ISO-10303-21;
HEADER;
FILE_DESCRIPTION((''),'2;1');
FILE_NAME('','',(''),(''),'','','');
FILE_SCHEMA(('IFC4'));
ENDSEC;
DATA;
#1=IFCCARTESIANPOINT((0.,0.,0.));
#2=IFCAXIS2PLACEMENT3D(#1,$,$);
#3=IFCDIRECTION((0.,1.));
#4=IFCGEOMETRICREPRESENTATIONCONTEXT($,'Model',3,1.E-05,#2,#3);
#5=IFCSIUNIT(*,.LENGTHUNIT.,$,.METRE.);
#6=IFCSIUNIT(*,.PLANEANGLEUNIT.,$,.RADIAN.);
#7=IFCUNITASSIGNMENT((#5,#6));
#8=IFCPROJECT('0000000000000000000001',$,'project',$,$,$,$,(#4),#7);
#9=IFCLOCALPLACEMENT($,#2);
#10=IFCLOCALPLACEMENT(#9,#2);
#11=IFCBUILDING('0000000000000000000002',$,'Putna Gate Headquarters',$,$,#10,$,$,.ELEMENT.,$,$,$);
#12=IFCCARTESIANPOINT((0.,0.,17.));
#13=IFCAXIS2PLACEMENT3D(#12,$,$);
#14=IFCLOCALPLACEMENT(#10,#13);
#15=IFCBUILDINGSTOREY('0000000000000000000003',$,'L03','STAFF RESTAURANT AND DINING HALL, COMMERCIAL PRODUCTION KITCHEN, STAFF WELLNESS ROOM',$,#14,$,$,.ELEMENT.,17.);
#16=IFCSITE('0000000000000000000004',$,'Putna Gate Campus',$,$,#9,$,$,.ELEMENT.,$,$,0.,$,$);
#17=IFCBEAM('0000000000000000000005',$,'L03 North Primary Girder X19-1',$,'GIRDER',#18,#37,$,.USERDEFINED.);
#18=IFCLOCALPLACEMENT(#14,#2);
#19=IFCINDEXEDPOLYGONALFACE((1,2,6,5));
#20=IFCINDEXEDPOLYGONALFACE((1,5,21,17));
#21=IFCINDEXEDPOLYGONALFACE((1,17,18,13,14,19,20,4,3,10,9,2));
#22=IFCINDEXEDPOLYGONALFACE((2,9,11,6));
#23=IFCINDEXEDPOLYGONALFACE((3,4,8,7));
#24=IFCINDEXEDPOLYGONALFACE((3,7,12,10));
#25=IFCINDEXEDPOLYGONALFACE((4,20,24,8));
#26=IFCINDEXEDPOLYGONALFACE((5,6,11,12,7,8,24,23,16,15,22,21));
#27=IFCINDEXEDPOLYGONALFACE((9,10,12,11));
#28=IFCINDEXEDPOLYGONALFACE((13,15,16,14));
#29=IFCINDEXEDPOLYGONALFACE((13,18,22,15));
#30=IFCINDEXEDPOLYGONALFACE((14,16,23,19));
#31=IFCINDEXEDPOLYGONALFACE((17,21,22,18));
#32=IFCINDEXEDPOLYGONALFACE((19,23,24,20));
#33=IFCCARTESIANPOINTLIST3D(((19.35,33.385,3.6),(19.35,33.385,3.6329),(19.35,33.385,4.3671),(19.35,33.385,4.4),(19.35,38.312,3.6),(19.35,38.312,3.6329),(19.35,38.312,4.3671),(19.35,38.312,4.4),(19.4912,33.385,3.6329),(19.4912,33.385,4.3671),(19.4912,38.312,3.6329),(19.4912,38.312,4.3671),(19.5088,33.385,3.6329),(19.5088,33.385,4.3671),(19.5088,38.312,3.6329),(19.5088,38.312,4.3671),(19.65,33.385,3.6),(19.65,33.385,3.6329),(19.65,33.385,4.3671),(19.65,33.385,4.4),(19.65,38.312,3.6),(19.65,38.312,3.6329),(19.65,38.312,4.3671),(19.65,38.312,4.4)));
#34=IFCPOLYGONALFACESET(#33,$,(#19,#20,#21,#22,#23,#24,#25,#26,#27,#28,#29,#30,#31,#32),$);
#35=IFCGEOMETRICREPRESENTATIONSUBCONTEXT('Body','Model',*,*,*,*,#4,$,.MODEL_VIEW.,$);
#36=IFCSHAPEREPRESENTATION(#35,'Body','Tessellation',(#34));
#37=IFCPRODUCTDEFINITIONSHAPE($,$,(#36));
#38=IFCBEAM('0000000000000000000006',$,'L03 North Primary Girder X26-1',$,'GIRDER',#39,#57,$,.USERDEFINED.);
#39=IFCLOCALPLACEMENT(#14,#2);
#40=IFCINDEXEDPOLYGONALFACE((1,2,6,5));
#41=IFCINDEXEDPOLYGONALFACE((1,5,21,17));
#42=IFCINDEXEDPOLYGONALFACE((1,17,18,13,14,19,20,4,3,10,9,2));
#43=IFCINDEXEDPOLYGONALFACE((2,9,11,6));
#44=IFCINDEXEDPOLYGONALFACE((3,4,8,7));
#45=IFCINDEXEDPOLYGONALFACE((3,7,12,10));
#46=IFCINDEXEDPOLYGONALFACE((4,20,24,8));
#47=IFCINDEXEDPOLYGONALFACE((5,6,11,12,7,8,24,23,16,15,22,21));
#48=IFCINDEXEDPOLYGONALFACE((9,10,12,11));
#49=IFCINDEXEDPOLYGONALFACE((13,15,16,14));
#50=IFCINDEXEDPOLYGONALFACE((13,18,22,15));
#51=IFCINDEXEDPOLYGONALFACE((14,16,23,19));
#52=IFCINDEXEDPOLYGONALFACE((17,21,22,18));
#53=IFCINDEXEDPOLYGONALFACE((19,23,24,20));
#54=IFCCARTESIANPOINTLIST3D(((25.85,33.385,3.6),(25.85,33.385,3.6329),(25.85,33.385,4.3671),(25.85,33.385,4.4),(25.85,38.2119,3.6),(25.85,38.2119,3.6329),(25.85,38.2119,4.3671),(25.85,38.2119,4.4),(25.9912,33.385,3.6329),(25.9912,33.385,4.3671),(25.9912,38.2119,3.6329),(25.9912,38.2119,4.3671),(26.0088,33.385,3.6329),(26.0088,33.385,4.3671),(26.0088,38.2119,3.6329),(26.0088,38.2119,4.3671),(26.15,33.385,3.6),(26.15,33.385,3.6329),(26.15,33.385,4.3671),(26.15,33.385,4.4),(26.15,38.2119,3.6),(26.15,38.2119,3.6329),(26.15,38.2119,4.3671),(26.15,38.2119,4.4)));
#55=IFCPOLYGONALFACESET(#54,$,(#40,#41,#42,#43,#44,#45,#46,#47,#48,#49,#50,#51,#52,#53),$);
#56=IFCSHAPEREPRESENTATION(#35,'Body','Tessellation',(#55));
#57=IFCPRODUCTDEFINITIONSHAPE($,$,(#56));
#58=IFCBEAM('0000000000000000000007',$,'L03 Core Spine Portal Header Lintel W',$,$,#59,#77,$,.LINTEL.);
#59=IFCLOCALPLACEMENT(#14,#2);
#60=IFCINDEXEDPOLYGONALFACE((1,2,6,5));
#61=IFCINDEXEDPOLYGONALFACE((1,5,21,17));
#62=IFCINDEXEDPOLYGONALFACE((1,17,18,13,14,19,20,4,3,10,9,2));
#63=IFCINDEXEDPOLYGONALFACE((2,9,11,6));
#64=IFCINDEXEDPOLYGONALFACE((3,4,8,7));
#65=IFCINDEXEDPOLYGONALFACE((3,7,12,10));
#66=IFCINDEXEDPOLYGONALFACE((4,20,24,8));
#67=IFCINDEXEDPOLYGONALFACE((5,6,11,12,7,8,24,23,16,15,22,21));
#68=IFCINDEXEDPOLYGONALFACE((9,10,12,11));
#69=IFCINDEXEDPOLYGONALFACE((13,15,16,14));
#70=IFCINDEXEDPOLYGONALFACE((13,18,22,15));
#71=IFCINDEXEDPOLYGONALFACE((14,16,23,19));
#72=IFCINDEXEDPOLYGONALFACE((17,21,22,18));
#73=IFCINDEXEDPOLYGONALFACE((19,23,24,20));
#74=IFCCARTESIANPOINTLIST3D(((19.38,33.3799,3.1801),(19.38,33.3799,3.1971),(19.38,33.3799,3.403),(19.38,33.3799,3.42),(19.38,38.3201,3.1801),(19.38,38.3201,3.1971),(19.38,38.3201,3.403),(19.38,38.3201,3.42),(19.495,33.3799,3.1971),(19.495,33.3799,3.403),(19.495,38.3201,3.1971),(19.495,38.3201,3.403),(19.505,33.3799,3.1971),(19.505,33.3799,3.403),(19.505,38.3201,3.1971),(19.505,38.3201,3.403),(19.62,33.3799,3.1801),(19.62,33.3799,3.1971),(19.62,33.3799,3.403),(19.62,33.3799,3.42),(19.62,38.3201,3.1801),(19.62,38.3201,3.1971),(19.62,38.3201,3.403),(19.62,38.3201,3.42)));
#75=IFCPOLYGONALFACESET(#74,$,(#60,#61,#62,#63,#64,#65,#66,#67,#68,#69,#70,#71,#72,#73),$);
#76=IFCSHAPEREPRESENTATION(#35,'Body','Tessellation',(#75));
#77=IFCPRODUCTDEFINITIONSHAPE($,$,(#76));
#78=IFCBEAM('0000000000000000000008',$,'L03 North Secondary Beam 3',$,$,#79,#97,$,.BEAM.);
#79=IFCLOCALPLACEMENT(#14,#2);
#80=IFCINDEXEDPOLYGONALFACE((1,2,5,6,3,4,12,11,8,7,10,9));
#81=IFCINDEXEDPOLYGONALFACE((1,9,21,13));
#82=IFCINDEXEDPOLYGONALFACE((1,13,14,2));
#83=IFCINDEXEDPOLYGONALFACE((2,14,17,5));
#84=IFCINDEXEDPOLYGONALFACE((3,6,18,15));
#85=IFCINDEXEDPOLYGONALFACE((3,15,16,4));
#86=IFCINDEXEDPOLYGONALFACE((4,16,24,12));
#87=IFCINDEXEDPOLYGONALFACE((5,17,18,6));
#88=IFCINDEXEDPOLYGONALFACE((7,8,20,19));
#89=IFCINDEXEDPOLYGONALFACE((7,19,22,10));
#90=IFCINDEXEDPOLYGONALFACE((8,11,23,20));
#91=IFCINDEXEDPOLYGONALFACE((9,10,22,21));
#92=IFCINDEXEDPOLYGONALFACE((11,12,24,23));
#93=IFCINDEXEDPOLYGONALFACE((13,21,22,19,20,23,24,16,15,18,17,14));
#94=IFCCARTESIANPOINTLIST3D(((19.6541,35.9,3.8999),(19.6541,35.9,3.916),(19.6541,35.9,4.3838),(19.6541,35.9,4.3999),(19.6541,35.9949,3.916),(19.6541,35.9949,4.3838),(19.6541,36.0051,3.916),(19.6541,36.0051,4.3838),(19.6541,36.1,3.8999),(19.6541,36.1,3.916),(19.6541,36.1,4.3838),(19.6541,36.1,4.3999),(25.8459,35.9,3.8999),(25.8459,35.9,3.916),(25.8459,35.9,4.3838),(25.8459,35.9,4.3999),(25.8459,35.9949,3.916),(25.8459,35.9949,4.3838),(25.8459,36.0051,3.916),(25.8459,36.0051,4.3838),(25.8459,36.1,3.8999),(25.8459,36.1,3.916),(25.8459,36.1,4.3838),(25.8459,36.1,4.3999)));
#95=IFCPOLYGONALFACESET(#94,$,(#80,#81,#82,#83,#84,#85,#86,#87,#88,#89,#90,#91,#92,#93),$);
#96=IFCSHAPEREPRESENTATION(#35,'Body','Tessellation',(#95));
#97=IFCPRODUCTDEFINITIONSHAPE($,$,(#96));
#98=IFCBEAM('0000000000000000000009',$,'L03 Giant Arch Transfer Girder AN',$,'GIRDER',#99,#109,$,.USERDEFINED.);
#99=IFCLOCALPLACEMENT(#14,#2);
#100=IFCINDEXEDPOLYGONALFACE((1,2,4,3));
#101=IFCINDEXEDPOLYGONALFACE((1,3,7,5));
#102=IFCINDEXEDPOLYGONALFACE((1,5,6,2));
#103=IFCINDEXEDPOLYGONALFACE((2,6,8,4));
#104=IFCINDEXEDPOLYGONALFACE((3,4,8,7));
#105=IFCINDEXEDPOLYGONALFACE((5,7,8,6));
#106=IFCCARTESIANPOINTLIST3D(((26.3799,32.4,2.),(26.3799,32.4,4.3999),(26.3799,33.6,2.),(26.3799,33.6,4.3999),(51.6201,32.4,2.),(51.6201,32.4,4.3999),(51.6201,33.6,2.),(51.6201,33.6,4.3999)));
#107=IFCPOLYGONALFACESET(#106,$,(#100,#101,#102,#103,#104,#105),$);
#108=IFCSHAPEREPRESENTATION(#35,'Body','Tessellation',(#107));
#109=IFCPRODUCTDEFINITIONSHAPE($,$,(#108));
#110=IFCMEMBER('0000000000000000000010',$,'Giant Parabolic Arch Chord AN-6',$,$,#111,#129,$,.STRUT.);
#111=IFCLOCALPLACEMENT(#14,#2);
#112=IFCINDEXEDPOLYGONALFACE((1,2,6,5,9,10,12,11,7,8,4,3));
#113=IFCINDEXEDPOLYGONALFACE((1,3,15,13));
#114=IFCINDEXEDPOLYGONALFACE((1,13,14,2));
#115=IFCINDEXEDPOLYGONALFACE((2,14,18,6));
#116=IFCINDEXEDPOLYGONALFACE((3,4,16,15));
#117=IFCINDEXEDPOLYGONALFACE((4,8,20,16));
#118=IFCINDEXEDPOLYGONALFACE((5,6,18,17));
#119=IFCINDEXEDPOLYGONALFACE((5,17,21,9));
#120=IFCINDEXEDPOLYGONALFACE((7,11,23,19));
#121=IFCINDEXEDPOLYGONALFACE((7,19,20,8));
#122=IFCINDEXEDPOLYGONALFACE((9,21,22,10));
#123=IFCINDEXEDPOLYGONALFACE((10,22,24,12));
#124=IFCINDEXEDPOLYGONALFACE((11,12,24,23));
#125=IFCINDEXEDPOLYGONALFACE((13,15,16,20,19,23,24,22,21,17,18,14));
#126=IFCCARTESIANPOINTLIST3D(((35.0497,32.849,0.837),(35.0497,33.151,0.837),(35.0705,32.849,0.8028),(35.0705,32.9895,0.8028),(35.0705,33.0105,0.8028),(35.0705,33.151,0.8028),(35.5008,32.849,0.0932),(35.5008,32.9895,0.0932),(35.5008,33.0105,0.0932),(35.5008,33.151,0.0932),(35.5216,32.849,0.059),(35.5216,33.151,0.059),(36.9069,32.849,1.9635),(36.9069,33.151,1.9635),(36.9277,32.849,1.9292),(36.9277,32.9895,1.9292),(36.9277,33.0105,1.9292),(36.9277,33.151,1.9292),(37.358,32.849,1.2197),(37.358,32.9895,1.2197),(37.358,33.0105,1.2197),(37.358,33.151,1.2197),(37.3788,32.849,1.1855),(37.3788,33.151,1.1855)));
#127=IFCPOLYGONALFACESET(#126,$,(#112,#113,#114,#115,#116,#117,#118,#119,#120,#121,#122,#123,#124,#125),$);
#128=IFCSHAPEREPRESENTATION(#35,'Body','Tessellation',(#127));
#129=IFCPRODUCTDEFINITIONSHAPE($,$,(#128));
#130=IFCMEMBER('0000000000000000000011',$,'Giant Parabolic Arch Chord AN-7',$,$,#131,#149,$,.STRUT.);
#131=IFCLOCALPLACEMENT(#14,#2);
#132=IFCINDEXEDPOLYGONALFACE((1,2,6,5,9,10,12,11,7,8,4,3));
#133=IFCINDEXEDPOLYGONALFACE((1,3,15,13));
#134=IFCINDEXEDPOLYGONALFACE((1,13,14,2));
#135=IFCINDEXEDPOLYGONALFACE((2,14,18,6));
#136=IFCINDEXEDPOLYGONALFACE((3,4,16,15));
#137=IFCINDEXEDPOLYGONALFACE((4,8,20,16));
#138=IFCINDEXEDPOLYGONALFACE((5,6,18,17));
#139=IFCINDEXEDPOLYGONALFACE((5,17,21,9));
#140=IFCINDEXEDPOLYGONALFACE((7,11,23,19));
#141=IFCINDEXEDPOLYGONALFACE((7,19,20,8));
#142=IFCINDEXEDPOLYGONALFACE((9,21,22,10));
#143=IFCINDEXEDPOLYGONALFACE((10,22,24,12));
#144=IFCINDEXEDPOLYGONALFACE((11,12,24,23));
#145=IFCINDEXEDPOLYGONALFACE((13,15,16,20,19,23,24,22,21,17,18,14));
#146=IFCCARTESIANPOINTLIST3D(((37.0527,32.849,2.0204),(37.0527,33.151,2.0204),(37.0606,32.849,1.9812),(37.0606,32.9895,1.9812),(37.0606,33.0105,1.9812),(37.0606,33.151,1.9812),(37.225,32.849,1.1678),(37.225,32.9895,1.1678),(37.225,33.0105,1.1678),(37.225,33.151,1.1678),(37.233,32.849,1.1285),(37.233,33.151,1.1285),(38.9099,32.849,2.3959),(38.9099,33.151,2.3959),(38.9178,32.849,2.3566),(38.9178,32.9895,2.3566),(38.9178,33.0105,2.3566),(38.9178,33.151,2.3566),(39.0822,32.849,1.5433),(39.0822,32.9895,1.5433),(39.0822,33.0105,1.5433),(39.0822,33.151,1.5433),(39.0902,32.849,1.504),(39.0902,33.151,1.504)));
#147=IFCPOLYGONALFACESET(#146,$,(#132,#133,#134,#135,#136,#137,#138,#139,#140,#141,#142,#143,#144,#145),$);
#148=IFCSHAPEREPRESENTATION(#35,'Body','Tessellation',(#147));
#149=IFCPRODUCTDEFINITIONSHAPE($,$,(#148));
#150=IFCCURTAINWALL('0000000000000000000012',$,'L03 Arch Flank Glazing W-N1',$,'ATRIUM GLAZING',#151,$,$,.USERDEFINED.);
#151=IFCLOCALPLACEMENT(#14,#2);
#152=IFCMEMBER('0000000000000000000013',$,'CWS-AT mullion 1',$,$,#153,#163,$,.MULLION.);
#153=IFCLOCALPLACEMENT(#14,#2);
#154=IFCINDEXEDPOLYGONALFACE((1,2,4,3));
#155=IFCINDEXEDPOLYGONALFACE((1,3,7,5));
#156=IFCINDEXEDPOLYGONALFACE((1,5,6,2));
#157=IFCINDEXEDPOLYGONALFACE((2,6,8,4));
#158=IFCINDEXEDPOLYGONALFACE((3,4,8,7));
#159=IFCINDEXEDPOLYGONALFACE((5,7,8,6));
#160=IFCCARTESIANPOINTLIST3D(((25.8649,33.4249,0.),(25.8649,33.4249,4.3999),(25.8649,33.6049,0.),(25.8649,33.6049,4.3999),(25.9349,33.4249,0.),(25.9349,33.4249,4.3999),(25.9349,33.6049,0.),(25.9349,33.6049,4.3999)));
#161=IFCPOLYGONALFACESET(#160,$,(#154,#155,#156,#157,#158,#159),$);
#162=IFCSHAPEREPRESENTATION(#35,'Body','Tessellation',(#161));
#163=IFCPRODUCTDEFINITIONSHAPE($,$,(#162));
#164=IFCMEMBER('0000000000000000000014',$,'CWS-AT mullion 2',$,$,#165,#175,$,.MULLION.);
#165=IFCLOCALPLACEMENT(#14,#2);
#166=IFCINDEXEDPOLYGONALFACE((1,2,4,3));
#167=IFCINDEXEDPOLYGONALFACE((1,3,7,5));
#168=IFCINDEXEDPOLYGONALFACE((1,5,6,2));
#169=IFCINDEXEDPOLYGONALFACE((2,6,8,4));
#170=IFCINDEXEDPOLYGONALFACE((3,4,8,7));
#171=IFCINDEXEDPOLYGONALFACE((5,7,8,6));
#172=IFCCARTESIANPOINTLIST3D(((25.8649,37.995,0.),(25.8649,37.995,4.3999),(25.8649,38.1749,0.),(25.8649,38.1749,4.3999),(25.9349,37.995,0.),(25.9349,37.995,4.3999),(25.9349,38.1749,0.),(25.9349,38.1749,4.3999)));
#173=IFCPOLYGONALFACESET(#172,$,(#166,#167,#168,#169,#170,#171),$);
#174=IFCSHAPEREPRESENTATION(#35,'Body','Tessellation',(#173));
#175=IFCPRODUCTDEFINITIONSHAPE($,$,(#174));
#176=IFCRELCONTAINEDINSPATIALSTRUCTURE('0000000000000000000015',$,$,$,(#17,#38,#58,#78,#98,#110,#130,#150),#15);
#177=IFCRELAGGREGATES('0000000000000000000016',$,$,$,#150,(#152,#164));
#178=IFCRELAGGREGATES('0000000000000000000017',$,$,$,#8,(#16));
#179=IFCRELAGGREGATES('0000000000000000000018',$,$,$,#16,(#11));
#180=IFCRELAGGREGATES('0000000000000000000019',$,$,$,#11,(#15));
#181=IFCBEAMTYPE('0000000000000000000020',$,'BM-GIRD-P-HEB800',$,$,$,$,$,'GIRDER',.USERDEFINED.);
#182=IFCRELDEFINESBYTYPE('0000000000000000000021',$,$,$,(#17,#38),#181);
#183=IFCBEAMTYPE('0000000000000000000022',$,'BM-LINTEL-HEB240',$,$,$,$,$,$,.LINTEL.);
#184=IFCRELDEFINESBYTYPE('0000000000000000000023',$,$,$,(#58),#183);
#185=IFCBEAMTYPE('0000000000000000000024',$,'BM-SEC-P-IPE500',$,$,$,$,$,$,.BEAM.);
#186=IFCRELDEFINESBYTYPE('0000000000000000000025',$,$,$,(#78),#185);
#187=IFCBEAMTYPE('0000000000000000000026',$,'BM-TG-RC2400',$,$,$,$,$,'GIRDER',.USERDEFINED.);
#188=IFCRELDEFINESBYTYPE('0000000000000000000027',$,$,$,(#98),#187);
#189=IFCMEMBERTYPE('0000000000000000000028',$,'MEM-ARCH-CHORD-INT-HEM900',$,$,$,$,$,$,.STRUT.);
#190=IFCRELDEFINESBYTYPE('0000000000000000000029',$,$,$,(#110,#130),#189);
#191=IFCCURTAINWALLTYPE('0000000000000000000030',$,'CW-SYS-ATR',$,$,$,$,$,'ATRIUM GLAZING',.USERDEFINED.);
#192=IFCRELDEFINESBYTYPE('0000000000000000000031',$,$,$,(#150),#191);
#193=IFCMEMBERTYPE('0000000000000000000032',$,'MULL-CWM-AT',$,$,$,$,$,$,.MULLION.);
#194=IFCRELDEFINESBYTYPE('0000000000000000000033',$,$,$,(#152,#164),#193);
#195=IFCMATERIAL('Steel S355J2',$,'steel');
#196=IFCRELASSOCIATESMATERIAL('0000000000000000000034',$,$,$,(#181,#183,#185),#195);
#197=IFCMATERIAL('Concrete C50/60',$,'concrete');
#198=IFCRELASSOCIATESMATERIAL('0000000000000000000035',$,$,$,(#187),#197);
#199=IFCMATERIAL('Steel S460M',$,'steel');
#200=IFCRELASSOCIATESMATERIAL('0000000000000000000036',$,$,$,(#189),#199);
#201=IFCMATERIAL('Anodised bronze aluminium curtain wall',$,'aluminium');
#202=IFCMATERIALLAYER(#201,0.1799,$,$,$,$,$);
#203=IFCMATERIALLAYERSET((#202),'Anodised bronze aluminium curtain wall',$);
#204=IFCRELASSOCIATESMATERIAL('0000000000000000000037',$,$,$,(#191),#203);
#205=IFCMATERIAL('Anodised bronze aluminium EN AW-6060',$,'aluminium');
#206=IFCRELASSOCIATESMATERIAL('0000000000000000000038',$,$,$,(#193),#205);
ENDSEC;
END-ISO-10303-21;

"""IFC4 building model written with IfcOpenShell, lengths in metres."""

from ifc_helpers import new_model, si_unit, direction, frame, origin, origin_2d, place, context, subcontext, project, spatial, rectangle, i_section, extrude, material, layer, layer_set, material_profile, profile_set, type_object, element, aggregate, save


model = new_model("IFC4")

# Units and contexts
model_context = context("Model", 3, precision=1e-05, world=origin(), true_north=direction((0.0, 1.0)))
body_context = subcontext(model_context, "Body", "Model", "MODEL_VIEW")
ifc_project = project(units=[si_unit("LENGTHUNIT", "METRE"), si_unit("PLANEANGLEUNIT", "RADIAN")], contexts=[model_context])

# Site, building, storey
site_placement = place(None, origin())
site = spatial("IfcSite", under=ifc_project, at=site_placement, Name="Putna Gate Campus", CompositionType="ELEMENT", RefElevation=0.0)
building_placement = place(site_placement, origin())
building = spatial("IfcBuilding", under=site, at=building_placement, Name="Putna Gate Headquarters", CompositionType="ELEMENT")
storey_placement = place(building_placement, frame((0.0, 0.0, 17.0)))
storey = spatial("IfcBuildingStorey", under=building, at=storey_placement, Name="L03", Description="STAFF RESTAURANT AND DINING HALL, COMMERCIAL PRODUCTION KITCHEN, STAFF WELLNESS ROOM", CompositionType="ELEMENT", Elevation=17.0)

# Beams
ifc_material_1 = material(Name="Steel S355J2", Category="steel")
ifc_material_profile_1 = material_profile(ifc_material_1, i_section(OverallWidth=0.3, OverallDepth=0.8, WebThickness=0.0176, FlangeThickness=0.033, at=origin_2d()), Name="Steel S355J2")
ifc_profile_set_1 = profile_set([ifc_material_profile_1], Name="Steel S355J2")
beam_type_1 = type_object("IfcBeamType", Name="BM-GIRD-P-HEB800", ElementType="GIRDER", PredefinedType="USERDEFINED", material=ifc_profile_set_1)
beam_1_placement = place(storey_placement, frame((19.5, 33.385, 4.0), z_axis=(0.0, 1.0, 0.0), x_axis=(-1.0, 0.0, 0.0)))
element("IfcBeam", 1, at=beam_1_placement, inside=storey, type_object=beam_type_1, Name="L03 North Primary Girder X19-1", ObjectType="GIRDER", PredefinedType="USERDEFINED", context=body_context, shape_type="SweptSolid", body=[
    extrude(i_section(OverallWidth=0.3, OverallDepth=0.8, WebThickness=0.0176, FlangeThickness=0.033, at=origin_2d()), origin(), (0.0, 0.0, 1.0), 4.927),
])
beam_2_placement = place(storey_placement, frame((26.0, 33.385, 4.0), z_axis=(0.0, 1.0, 0.0), x_axis=(-1.0, 0.0, 0.0)))
element("IfcBeam", 2, at=beam_2_placement, inside=storey, type_object=beam_type_1, Name="L03 North Primary Girder X26-1", ObjectType="GIRDER", PredefinedType="USERDEFINED", context=body_context, shape_type="SweptSolid", body=[
    extrude(i_section(OverallWidth=0.3, OverallDepth=0.8, WebThickness=0.0176, FlangeThickness=0.033, at=origin_2d()), origin(), (0.0, 0.0, 1.0), 4.8269),
])
ifc_material_profile_2 = material_profile(ifc_material_1, i_section(OverallWidth=0.24, OverallDepth=0.24, WebThickness=0.01, FlangeThickness=0.0171, at=origin_2d()), Name="Steel S355J2")
ifc_profile_set_2 = profile_set([ifc_material_profile_2], Name="Steel S355J2")
beam_type_2 = type_object("IfcBeamType", Name="BM-LINTEL-HEB240", PredefinedType="LINTEL", material=ifc_profile_set_2)
beam_3_placement = place(storey_placement, frame((19.5, 33.3799, 3.3), z_axis=(0.0, 1.0, 0.0), x_axis=(-1.0, 0.0, 0.0)))
element("IfcBeam", 3, at=beam_3_placement, inside=storey, type_object=beam_type_2, Name="L03 Core Spine Portal Header Lintel W", PredefinedType="LINTEL", context=body_context, shape_type="SweptSolid", body=[
    extrude(i_section(OverallWidth=0.24, OverallDepth=0.24, WebThickness=0.01, FlangeThickness=0.0171, at=origin_2d()), origin(), (0.0, 0.0, 1.0), 4.9402),
])
ifc_material_profile_3 = material_profile(ifc_material_1, i_section(OverallWidth=0.2, OverallDepth=0.5, WebThickness=0.0103, FlangeThickness=0.0161, at=origin_2d()), Name="Steel S355J2")
ifc_profile_set_3 = profile_set([ifc_material_profile_3], Name="Steel S355J2")
beam_type_3 = type_object("IfcBeamType", Name="BM-SEC-P-IPE500", PredefinedType="BEAM", material=ifc_profile_set_3)
beam_4_placement = place(storey_placement, frame((19.6541, 36.0, 4.1499), z_axis=(1.0, 0.0, 0.0), x_axis=(0.0, 1.0, 0.0)))
element("IfcBeam", 4, at=beam_4_placement, inside=storey, type_object=beam_type_3, Name="L03 North Secondary Beam 3", PredefinedType="BEAM", context=body_context, shape_type="SweptSolid", body=[
    extrude(i_section(OverallWidth=0.2, OverallDepth=0.5, WebThickness=0.0103, FlangeThickness=0.0161, at=origin_2d()), origin(), (0.0, 0.0, 1.0), 6.1919),
])
ifc_material_2 = material(Name="Concrete C50/60", Category="concrete")
ifc_material_profile_4 = material_profile(ifc_material_2, rectangle(XDim=1.2, YDim=2.3999, at=origin_2d()), Name="Concrete C50/60")
ifc_profile_set_4 = profile_set([ifc_material_profile_4], Name="Concrete C50/60")
beam_type_4 = type_object("IfcBeamType", Name="BM-TG-RC2400", ElementType="GIRDER", PredefinedType="USERDEFINED", material=ifc_profile_set_4)
beam_5_placement = place(storey_placement, frame((26.3799, 33.0, 3.2), z_axis=(1.0, 0.0, 0.0), x_axis=(0.0, 1.0, 0.0)))
element("IfcBeam", 5, at=beam_5_placement, inside=storey, type_object=beam_type_4, Name="L03 Giant Arch Transfer Girder AN", ObjectType="GIRDER", PredefinedType="USERDEFINED", context=body_context, shape_type="SweptSolid", body=[
    extrude(rectangle(XDim=1.2, YDim=2.3999, at=origin_2d()), origin(), (0.0, 0.0, 1.0), 25.2402),
])

# Members
ifc_material_3 = material(Name="Steel S460M", Category="steel")
ifc_material_profile_5 = material_profile(ifc_material_3, i_section(OverallWidth=0.302, OverallDepth=0.9099, WebThickness=0.021, FlangeThickness=0.04, at=origin_2d()), Name="Steel S460M")
ifc_profile_set_5 = profile_set([ifc_material_profile_5], Name="Steel S460M")
member_type_1 = type_object("IfcMemberType", Name="MEM-ARCH-CHORD-INT-HEM900", PredefinedType="STRUT", material=ifc_profile_set_5)
member_1_placement = place(storey_placement, frame((35.2856, 33.0, 0.448), z_axis=(0.855014, 0.0, 0.518606), x_axis=(0.0, 1.0, 0.0)))
element("IfcMember", 6, at=member_1_placement, inside=storey, type_object=member_type_1, Name="Giant Parabolic Arch Chord AN-6", PredefinedType="STRUT", context=body_context, shape_type="SweptSolid", body=[
    extrude(i_section(OverallWidth=0.302, OverallDepth=0.9099, WebThickness=0.021, FlangeThickness=0.04, at=origin_2d()), origin(), (0.0, 0.0, 1.0), 2.1721),
])
member_2_placement = place(storey_placement, frame((37.1428, 33.0, 1.5745), z_axis=(0.980167, 0.0, 0.198172), x_axis=(0.0, 1.0, 0.0)))
element("IfcMember", 7, at=member_2_placement, inside=storey, type_object=member_type_1, Name="Giant Parabolic Arch Chord AN-7", PredefinedType="STRUT", context=body_context, shape_type="SweptSolid", body=[
    extrude(i_section(OverallWidth=0.302, OverallDepth=0.9099, WebThickness=0.021, FlangeThickness=0.04, at=origin_2d()), origin(), (0.0, 0.0, 1.0), 1.8948),
])

# Curtain wall, members
ifc_material_4 = material(Name="Anodised bronze aluminium curtain wall", Category="aluminium")
ifc_layer_1 = layer(ifc_material_4, 0.1799)
ifc_layer_set_1 = layer_set([ifc_layer_1], Name="Anodised bronze aluminium curtain wall")
curtain_wall_type = type_object("IfcCurtainWallType", Name="CW-SYS-ATR", ElementType="ATRIUM GLAZING", PredefinedType="USERDEFINED", material=ifc_layer_set_1)
curtain_wall_placement = place(storey_placement, origin())
curtain_wall = element("IfcCurtainWall", 8, at=curtain_wall_placement, inside=storey, type_object=curtain_wall_type, Name="L03 Arch Flank Glazing W-N1", ObjectType="ATRIUM GLAZING", PredefinedType="USERDEFINED")
ifc_material_5 = material(Name="Anodised bronze aluminium EN AW-6060", Category="aluminium")
ifc_material_profile_6 = material_profile(ifc_material_5, rectangle(XDim=0.0701, YDim=0.1799, at=origin_2d()), Name="Anodised bronze aluminium EN AW-6060")
ifc_profile_set_6 = profile_set([ifc_material_profile_6], Name="Anodised bronze aluminium EN AW-6060")
member_type_2 = type_object("IfcMemberType", Name="MULL-CWM-AT", PredefinedType="MULLION", material=ifc_profile_set_6)
member_3_placement = place(storey_placement, frame((25.8999, 33.5149, 0.0), z_axis=(0.0, 0.0, 1.0), x_axis=(-1.0, 0.0, 0.0)))
member_3 = element("IfcMember", 9, at=member_3_placement, type_object=member_type_2, Name="CWS-AT mullion 1", PredefinedType="MULLION", context=body_context, shape_type="SweptSolid", body=[
    extrude(rectangle(XDim=0.0701, YDim=0.1799, at=origin_2d()), origin(), (0.0, 0.0, 1.0), 4.3999),
])
member_4_placement = place(storey_placement, frame((25.8999, 38.085, 0.0), z_axis=(0.0, 0.0, 1.0), x_axis=(-1.0, 0.0, 0.0)))
member_4 = element("IfcMember", 10, at=member_4_placement, type_object=member_type_2, Name="CWS-AT mullion 2", PredefinedType="MULLION", context=body_context, shape_type="SweptSolid", body=[
    extrude(rectangle(XDim=0.0701, YDim=0.1799, at=origin_2d()), origin(), (0.0, 0.0, 1.0), 4.3999),
])
aggregate(curtain_wall, [member_3, member_4])

save(model, "model.ifc")
